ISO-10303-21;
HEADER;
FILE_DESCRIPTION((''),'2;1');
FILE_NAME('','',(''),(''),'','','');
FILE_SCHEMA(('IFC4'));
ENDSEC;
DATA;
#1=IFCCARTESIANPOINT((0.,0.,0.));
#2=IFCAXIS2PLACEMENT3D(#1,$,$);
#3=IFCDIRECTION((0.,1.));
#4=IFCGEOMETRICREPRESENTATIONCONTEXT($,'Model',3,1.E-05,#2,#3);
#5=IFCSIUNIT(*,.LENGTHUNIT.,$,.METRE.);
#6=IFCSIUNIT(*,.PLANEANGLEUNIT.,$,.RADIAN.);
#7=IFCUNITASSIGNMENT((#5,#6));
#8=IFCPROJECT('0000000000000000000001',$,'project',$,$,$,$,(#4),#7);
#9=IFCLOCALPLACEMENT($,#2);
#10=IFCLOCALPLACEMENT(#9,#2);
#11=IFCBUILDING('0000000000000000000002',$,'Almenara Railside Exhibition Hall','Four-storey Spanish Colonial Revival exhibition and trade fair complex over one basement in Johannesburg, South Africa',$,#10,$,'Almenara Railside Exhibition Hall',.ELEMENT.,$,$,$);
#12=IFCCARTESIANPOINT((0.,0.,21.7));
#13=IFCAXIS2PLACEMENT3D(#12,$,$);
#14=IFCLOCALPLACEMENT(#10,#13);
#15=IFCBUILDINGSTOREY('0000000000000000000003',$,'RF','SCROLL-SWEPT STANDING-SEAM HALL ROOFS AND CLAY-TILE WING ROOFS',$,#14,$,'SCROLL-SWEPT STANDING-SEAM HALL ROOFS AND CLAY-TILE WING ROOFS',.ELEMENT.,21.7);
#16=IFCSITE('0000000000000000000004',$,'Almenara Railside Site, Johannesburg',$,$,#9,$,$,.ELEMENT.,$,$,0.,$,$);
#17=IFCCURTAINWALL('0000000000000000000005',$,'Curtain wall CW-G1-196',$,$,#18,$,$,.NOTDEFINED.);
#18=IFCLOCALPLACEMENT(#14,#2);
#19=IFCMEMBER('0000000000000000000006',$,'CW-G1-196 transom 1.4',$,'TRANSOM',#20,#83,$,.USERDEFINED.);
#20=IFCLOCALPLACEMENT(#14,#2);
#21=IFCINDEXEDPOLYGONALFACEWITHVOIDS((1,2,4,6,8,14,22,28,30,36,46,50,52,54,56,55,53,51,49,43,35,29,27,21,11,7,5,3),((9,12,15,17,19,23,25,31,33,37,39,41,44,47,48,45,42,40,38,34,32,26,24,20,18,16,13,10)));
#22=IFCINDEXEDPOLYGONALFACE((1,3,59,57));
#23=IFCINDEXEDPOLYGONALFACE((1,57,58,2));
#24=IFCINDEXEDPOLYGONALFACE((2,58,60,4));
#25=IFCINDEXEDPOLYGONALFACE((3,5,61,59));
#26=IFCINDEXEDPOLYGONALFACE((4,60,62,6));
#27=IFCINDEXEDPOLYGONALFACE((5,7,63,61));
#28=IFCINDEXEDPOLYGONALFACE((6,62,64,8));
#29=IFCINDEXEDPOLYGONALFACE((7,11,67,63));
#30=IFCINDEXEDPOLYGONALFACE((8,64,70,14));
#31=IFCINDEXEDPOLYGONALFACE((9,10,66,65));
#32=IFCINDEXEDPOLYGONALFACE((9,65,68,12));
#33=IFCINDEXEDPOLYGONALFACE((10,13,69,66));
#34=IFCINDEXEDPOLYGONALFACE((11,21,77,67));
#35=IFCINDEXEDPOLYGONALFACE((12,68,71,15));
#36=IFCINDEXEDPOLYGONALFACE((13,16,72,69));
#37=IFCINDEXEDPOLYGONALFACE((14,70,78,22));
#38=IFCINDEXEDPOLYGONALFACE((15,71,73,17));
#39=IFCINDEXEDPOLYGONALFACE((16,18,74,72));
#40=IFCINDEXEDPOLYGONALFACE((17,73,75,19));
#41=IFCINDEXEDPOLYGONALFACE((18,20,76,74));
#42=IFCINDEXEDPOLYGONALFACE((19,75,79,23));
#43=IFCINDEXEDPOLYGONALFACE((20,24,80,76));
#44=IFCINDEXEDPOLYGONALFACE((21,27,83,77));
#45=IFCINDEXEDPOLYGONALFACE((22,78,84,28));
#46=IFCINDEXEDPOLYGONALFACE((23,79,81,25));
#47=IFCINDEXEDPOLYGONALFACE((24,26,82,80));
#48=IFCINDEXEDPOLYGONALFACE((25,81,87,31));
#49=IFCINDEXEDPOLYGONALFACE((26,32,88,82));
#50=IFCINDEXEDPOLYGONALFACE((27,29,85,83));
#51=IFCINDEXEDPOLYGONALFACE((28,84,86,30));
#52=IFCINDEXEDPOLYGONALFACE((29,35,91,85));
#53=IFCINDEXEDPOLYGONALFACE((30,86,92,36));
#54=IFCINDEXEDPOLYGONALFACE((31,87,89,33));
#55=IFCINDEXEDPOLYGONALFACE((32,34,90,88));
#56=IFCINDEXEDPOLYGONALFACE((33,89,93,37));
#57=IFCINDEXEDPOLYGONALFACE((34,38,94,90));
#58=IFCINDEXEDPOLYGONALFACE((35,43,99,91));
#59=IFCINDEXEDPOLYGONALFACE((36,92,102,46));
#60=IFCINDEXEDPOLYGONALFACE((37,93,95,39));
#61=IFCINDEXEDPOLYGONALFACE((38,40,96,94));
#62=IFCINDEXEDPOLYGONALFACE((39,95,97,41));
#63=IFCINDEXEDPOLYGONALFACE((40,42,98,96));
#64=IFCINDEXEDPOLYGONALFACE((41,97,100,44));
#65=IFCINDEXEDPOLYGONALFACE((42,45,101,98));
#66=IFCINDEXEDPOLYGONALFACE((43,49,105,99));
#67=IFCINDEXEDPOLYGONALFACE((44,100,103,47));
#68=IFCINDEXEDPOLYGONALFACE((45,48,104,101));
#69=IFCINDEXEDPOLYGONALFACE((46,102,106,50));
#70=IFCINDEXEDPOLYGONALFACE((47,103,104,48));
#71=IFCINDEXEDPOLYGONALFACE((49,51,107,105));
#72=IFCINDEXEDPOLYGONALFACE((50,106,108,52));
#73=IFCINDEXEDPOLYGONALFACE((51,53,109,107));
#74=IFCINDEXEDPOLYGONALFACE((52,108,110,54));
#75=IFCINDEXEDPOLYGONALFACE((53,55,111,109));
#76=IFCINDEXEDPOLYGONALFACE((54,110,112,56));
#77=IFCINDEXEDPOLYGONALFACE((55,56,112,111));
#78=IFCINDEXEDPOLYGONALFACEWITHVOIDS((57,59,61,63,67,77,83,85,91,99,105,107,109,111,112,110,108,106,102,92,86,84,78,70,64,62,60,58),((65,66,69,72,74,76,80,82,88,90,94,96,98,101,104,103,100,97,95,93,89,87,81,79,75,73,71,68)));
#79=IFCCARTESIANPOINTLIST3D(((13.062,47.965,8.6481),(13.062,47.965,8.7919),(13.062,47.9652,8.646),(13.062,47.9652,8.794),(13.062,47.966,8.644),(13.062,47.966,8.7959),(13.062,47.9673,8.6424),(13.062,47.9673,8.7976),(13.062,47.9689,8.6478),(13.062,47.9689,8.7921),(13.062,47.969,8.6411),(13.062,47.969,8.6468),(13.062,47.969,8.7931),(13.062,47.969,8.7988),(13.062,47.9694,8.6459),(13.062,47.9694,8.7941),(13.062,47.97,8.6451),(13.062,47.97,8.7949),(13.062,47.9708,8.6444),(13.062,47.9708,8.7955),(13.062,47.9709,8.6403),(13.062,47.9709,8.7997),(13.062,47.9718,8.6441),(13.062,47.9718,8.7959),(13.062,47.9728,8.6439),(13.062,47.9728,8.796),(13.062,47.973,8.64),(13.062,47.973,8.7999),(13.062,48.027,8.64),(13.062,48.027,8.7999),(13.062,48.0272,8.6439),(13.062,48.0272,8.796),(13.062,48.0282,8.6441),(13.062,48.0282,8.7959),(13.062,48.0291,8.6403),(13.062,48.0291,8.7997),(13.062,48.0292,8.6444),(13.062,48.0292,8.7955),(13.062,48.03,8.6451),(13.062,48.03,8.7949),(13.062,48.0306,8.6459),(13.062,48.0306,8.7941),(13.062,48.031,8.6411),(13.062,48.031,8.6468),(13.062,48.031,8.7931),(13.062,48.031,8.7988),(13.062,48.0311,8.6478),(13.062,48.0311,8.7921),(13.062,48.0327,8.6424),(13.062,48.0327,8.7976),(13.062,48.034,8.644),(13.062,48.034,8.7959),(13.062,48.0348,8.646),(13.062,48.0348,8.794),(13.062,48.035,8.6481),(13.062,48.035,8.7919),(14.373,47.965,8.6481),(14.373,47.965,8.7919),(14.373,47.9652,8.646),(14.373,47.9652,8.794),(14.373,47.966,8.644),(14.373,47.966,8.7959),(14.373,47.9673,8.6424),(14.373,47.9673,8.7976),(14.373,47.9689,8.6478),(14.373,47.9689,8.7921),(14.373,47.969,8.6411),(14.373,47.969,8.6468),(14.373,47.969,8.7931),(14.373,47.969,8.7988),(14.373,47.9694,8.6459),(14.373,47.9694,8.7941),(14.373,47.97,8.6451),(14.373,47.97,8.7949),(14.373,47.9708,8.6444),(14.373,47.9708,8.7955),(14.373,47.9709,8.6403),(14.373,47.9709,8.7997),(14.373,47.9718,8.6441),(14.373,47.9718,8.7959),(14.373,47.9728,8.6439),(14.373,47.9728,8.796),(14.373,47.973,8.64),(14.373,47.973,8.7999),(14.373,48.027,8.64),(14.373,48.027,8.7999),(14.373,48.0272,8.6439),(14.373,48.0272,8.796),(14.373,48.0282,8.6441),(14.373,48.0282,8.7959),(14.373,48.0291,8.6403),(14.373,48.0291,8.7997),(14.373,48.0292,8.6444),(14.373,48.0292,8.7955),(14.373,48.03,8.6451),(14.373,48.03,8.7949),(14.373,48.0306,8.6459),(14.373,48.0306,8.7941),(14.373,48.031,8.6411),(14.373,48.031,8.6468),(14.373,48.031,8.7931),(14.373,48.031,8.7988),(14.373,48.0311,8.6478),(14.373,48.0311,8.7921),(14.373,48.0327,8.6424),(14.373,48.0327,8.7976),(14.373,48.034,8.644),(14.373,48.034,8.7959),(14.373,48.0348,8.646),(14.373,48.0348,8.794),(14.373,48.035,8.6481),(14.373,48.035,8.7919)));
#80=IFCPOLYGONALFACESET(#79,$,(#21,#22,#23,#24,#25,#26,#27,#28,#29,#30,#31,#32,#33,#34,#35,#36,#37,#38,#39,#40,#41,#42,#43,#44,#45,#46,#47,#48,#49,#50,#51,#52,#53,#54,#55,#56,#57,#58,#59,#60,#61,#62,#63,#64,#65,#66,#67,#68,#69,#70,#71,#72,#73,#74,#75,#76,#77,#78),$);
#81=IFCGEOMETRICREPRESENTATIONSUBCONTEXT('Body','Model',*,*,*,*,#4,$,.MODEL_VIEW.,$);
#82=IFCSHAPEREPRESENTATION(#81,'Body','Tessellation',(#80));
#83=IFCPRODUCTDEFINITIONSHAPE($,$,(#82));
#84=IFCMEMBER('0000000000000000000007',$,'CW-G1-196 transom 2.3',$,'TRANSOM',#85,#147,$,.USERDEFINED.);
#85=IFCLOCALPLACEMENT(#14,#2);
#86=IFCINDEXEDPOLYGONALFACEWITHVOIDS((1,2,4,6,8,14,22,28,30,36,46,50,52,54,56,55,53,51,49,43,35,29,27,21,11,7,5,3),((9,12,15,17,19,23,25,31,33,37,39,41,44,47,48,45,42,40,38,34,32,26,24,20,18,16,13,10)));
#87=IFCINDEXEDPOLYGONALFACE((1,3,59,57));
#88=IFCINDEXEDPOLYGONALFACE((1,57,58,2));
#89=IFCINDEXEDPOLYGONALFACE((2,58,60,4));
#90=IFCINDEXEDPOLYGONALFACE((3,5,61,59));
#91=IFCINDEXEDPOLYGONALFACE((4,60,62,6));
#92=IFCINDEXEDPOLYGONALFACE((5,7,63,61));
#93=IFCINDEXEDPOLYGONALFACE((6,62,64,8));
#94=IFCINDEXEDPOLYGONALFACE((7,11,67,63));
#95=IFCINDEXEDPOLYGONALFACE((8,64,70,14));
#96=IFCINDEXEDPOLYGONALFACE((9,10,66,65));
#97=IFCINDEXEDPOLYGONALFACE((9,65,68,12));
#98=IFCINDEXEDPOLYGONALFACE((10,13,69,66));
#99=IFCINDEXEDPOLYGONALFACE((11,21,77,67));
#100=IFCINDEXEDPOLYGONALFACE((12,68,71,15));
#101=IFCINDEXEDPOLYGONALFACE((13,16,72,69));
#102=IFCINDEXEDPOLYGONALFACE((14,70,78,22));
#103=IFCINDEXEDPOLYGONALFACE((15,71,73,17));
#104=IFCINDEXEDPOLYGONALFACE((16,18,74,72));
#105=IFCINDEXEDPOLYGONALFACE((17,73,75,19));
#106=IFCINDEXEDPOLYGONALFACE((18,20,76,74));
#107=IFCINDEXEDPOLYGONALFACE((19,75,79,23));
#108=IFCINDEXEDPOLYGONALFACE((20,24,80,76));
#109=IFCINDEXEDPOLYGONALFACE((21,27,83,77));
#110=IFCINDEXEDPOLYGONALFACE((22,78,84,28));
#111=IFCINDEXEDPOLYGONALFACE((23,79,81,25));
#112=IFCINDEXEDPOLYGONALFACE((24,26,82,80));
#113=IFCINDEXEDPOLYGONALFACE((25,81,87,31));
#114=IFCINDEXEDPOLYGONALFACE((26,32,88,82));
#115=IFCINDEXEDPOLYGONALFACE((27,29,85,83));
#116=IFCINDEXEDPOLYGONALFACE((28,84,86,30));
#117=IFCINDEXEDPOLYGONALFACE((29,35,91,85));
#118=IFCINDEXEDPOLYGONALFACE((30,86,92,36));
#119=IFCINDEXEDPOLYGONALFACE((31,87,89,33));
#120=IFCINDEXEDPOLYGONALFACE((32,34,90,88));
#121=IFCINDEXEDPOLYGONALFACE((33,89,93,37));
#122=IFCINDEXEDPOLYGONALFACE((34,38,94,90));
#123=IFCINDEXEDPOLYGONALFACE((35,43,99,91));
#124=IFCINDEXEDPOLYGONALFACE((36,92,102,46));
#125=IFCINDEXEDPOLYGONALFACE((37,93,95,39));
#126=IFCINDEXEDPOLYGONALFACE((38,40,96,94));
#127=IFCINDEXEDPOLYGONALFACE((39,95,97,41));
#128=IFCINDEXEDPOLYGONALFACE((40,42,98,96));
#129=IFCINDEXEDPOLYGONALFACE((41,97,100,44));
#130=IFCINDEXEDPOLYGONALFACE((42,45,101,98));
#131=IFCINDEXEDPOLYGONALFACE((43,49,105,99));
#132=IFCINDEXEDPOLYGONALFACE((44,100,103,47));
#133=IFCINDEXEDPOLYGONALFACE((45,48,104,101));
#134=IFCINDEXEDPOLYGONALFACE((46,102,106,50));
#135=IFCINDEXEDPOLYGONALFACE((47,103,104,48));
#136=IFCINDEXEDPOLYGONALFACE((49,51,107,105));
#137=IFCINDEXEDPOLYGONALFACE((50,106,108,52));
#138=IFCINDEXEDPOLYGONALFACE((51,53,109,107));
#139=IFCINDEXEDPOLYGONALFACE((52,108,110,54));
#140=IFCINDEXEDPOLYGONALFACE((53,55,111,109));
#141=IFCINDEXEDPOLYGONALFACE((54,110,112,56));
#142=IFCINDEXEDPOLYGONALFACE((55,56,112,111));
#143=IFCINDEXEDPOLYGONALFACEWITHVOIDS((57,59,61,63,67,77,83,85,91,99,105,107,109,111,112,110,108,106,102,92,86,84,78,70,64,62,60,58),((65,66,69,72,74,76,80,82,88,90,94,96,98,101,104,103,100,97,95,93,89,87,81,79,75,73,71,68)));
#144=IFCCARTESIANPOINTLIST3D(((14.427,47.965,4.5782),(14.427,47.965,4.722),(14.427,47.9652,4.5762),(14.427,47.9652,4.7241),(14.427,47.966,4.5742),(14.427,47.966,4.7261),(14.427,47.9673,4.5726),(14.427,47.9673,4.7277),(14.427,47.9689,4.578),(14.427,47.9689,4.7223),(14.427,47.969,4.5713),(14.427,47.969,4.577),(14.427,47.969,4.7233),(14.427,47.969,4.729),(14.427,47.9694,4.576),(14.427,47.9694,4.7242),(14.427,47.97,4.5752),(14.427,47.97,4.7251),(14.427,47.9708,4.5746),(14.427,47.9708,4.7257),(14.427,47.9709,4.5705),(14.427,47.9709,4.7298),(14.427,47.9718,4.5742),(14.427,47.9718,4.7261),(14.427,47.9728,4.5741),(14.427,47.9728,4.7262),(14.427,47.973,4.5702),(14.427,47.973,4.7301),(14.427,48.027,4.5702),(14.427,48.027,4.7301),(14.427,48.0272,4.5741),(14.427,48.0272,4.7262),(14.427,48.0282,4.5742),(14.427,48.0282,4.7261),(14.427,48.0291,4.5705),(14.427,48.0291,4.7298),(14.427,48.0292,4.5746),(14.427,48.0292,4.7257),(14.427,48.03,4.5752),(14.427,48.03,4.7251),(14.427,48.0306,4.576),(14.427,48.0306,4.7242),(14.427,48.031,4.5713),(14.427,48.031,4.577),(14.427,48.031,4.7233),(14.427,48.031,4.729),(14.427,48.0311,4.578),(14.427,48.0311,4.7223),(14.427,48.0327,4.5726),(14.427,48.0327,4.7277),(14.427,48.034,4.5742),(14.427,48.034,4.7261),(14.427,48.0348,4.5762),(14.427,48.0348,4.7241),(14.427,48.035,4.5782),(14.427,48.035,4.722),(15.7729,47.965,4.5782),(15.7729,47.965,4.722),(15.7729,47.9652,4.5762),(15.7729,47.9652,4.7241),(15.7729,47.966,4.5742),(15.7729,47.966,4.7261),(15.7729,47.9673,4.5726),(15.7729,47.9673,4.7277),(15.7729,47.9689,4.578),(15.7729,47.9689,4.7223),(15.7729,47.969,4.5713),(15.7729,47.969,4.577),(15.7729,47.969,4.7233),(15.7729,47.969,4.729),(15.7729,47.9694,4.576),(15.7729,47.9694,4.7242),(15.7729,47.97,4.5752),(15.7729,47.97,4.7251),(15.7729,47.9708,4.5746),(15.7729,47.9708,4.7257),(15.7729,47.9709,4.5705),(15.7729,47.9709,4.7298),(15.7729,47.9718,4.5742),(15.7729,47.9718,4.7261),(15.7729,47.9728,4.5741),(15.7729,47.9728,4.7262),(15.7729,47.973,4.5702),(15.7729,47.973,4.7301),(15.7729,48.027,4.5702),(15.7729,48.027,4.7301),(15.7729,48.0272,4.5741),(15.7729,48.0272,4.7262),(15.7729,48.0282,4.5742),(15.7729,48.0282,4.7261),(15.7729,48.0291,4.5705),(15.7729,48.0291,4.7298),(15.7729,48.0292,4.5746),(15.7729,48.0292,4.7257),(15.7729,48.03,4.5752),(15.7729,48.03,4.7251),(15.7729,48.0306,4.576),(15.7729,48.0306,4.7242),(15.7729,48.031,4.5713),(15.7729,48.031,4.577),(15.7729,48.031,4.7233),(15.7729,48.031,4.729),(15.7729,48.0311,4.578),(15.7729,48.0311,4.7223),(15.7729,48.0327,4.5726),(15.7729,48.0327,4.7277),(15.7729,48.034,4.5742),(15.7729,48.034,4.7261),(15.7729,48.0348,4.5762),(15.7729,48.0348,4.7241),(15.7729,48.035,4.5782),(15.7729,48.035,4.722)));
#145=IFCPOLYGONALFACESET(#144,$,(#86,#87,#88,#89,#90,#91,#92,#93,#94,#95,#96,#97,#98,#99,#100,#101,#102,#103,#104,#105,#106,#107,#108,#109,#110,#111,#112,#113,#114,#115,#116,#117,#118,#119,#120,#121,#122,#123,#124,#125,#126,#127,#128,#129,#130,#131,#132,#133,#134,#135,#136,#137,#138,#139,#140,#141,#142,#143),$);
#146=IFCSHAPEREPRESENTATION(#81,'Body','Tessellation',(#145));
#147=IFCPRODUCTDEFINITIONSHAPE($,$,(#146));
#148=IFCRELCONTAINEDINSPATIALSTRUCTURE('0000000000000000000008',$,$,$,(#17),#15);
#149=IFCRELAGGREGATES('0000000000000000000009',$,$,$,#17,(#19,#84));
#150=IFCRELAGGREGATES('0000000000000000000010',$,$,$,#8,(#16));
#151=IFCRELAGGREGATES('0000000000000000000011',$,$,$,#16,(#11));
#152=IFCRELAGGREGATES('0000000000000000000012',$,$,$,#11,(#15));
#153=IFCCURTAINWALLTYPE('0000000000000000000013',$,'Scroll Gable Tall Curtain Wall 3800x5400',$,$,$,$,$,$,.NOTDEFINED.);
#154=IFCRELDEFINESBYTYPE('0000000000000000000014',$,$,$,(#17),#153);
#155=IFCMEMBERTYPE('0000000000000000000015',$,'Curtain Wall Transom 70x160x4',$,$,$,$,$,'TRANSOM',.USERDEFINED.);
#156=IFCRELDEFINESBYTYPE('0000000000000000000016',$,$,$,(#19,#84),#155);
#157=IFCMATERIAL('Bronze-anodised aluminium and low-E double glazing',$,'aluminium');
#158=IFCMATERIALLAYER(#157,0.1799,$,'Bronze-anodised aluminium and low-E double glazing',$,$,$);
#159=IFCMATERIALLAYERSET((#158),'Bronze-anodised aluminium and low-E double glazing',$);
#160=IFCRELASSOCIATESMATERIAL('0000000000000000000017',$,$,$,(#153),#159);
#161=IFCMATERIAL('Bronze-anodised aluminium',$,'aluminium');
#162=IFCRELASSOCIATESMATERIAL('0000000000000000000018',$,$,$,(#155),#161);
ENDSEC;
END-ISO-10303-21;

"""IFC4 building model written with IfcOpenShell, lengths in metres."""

from ifc_helpers import new_model, si_unit, direction, frame, origin, origin_2d, place, context, subcontext, project, spatial, hollow_rectangle, extrude, material, layer, layer_set, material_profile, profile_set, type_object, element, aggregate, save


model = new_model("IFC4")

# Units and contexts
model_context = context("Model", 3, precision=1e-05, world=origin(), true_north=direction((0.0, 1.0)))
body_context = subcontext(model_context, "Body", "Model", "MODEL_VIEW")
ifc_project = project(units=[si_unit("LENGTHUNIT", "METRE"), si_unit("PLANEANGLEUNIT", "RADIAN")], contexts=[model_context])

# Site, building, storey
site_placement = place(None, origin())
site = spatial("IfcSite", under=ifc_project, at=site_placement, Name="Almenara Railside Site, Johannesburg", CompositionType="ELEMENT", RefElevation=0.0)
building_placement = place(site_placement, origin())
building = spatial("IfcBuilding", under=site, at=building_placement, Name="Almenara Railside Exhibition Hall", Description="Four-storey Spanish Colonial Revival exhibition and trade fair complex over one basement in Johannesburg, South Africa", LongName="Almenara Railside Exhibition Hall", CompositionType="ELEMENT")
storey_placement = place(building_placement, frame((0.0, 0.0, 21.7)))
storey = spatial("IfcBuildingStorey", under=building, at=storey_placement, Name="RF", Description="SCROLL-SWEPT STANDING-SEAM HALL ROOFS AND CLAY-TILE WING ROOFS", LongName="SCROLL-SWEPT STANDING-SEAM HALL ROOFS AND CLAY-TILE WING ROOFS", CompositionType="ELEMENT", Elevation=21.7)

# Curtain wall, members
ifc_material_1 = material(Name="Bronze-anodised aluminium and low-E double glazing", Category="aluminium")
ifc_material_2 = material(Name="Bronze-anodised aluminium", Category="aluminium")
ifc_layer_1 = layer(ifc_material_1, 0.1799, Name="Bronze-anodised aluminium and low-E double glazing")
ifc_layer_set_1 = layer_set([ifc_layer_1], Name="Bronze-anodised aluminium and low-E double glazing")
curtain_wall_type_1 = type_object("IfcCurtainWallType", Name="Scroll Gable Tall Curtain Wall 3800x5400", PredefinedType="NOTDEFINED", material=ifc_layer_set_1)
curtain_wall_1_placement = place(storey_placement, origin())
curtain_wall_1 = element("IfcCurtainWall", 1, at=curtain_wall_1_placement, inside=storey, type_object=curtain_wall_type_1, Name="Curtain wall CW-G1-196", PredefinedType="NOTDEFINED")
ifc_material_profile_1 = material_profile(ifc_material_2, hollow_rectangle(XDim=0.0701, YDim=0.1599, WallThickness=0.0039, InnerFilletRadius=0.0039, OuterFilletRadius=0.0081, at=origin_2d()), Name="ALU-TRN 70x160x4")
ifc_profile_set_1 = profile_set([ifc_material_profile_1], Name="Bronze-anodised aluminium")
member_type_1 = type_object("IfcMemberType", Name="Curtain Wall Transom 70x160x4", ElementType="TRANSOM", PredefinedType="USERDEFINED", material=ifc_profile_set_1)
member_1_placement = place(storey_placement, frame((13.062, 48.0, 8.72), z_axis=(1.0, 0.0, 0.0), x_axis=(0.0, 1.0, 0.0)))
member_1 = element("IfcMember", 2, at=member_1_placement, type_object=member_type_1, Name="CW-G1-196 transom 1.4", ObjectType="TRANSOM", PredefinedType="USERDEFINED", context=body_context, shape_type="SweptSolid", body=[
    extrude(hollow_rectangle(XDim=0.0701, YDim=0.1599, WallThickness=0.0039, InnerFilletRadius=0.0039, OuterFilletRadius=0.0081, at=origin_2d()), origin(), (0.0, 0.0, 1.0), 1.311),
])
member_2_placement = place(storey_placement, frame((14.427, 48.0, 4.6501), z_axis=(1.0, 0.0, 0.0), x_axis=(0.0, 1.0, 0.0)))
member_2 = element("IfcMember", 3, at=member_2_placement, type_object=member_type_1, Name="CW-G1-196 transom 2.3", ObjectType="TRANSOM", PredefinedType="USERDEFINED", context=body_context, shape_type="SweptSolid", body=[
    extrude(hollow_rectangle(XDim=0.0701, YDim=0.1599, WallThickness=0.0039, InnerFilletRadius=0.0039, OuterFilletRadius=0.0081, at=origin_2d()), origin(), (0.0, 0.0, 1.0), 1.3459),
])

aggregate(curtain_wall_1, [member_1, member_2])

save(model, "model.ifc")
